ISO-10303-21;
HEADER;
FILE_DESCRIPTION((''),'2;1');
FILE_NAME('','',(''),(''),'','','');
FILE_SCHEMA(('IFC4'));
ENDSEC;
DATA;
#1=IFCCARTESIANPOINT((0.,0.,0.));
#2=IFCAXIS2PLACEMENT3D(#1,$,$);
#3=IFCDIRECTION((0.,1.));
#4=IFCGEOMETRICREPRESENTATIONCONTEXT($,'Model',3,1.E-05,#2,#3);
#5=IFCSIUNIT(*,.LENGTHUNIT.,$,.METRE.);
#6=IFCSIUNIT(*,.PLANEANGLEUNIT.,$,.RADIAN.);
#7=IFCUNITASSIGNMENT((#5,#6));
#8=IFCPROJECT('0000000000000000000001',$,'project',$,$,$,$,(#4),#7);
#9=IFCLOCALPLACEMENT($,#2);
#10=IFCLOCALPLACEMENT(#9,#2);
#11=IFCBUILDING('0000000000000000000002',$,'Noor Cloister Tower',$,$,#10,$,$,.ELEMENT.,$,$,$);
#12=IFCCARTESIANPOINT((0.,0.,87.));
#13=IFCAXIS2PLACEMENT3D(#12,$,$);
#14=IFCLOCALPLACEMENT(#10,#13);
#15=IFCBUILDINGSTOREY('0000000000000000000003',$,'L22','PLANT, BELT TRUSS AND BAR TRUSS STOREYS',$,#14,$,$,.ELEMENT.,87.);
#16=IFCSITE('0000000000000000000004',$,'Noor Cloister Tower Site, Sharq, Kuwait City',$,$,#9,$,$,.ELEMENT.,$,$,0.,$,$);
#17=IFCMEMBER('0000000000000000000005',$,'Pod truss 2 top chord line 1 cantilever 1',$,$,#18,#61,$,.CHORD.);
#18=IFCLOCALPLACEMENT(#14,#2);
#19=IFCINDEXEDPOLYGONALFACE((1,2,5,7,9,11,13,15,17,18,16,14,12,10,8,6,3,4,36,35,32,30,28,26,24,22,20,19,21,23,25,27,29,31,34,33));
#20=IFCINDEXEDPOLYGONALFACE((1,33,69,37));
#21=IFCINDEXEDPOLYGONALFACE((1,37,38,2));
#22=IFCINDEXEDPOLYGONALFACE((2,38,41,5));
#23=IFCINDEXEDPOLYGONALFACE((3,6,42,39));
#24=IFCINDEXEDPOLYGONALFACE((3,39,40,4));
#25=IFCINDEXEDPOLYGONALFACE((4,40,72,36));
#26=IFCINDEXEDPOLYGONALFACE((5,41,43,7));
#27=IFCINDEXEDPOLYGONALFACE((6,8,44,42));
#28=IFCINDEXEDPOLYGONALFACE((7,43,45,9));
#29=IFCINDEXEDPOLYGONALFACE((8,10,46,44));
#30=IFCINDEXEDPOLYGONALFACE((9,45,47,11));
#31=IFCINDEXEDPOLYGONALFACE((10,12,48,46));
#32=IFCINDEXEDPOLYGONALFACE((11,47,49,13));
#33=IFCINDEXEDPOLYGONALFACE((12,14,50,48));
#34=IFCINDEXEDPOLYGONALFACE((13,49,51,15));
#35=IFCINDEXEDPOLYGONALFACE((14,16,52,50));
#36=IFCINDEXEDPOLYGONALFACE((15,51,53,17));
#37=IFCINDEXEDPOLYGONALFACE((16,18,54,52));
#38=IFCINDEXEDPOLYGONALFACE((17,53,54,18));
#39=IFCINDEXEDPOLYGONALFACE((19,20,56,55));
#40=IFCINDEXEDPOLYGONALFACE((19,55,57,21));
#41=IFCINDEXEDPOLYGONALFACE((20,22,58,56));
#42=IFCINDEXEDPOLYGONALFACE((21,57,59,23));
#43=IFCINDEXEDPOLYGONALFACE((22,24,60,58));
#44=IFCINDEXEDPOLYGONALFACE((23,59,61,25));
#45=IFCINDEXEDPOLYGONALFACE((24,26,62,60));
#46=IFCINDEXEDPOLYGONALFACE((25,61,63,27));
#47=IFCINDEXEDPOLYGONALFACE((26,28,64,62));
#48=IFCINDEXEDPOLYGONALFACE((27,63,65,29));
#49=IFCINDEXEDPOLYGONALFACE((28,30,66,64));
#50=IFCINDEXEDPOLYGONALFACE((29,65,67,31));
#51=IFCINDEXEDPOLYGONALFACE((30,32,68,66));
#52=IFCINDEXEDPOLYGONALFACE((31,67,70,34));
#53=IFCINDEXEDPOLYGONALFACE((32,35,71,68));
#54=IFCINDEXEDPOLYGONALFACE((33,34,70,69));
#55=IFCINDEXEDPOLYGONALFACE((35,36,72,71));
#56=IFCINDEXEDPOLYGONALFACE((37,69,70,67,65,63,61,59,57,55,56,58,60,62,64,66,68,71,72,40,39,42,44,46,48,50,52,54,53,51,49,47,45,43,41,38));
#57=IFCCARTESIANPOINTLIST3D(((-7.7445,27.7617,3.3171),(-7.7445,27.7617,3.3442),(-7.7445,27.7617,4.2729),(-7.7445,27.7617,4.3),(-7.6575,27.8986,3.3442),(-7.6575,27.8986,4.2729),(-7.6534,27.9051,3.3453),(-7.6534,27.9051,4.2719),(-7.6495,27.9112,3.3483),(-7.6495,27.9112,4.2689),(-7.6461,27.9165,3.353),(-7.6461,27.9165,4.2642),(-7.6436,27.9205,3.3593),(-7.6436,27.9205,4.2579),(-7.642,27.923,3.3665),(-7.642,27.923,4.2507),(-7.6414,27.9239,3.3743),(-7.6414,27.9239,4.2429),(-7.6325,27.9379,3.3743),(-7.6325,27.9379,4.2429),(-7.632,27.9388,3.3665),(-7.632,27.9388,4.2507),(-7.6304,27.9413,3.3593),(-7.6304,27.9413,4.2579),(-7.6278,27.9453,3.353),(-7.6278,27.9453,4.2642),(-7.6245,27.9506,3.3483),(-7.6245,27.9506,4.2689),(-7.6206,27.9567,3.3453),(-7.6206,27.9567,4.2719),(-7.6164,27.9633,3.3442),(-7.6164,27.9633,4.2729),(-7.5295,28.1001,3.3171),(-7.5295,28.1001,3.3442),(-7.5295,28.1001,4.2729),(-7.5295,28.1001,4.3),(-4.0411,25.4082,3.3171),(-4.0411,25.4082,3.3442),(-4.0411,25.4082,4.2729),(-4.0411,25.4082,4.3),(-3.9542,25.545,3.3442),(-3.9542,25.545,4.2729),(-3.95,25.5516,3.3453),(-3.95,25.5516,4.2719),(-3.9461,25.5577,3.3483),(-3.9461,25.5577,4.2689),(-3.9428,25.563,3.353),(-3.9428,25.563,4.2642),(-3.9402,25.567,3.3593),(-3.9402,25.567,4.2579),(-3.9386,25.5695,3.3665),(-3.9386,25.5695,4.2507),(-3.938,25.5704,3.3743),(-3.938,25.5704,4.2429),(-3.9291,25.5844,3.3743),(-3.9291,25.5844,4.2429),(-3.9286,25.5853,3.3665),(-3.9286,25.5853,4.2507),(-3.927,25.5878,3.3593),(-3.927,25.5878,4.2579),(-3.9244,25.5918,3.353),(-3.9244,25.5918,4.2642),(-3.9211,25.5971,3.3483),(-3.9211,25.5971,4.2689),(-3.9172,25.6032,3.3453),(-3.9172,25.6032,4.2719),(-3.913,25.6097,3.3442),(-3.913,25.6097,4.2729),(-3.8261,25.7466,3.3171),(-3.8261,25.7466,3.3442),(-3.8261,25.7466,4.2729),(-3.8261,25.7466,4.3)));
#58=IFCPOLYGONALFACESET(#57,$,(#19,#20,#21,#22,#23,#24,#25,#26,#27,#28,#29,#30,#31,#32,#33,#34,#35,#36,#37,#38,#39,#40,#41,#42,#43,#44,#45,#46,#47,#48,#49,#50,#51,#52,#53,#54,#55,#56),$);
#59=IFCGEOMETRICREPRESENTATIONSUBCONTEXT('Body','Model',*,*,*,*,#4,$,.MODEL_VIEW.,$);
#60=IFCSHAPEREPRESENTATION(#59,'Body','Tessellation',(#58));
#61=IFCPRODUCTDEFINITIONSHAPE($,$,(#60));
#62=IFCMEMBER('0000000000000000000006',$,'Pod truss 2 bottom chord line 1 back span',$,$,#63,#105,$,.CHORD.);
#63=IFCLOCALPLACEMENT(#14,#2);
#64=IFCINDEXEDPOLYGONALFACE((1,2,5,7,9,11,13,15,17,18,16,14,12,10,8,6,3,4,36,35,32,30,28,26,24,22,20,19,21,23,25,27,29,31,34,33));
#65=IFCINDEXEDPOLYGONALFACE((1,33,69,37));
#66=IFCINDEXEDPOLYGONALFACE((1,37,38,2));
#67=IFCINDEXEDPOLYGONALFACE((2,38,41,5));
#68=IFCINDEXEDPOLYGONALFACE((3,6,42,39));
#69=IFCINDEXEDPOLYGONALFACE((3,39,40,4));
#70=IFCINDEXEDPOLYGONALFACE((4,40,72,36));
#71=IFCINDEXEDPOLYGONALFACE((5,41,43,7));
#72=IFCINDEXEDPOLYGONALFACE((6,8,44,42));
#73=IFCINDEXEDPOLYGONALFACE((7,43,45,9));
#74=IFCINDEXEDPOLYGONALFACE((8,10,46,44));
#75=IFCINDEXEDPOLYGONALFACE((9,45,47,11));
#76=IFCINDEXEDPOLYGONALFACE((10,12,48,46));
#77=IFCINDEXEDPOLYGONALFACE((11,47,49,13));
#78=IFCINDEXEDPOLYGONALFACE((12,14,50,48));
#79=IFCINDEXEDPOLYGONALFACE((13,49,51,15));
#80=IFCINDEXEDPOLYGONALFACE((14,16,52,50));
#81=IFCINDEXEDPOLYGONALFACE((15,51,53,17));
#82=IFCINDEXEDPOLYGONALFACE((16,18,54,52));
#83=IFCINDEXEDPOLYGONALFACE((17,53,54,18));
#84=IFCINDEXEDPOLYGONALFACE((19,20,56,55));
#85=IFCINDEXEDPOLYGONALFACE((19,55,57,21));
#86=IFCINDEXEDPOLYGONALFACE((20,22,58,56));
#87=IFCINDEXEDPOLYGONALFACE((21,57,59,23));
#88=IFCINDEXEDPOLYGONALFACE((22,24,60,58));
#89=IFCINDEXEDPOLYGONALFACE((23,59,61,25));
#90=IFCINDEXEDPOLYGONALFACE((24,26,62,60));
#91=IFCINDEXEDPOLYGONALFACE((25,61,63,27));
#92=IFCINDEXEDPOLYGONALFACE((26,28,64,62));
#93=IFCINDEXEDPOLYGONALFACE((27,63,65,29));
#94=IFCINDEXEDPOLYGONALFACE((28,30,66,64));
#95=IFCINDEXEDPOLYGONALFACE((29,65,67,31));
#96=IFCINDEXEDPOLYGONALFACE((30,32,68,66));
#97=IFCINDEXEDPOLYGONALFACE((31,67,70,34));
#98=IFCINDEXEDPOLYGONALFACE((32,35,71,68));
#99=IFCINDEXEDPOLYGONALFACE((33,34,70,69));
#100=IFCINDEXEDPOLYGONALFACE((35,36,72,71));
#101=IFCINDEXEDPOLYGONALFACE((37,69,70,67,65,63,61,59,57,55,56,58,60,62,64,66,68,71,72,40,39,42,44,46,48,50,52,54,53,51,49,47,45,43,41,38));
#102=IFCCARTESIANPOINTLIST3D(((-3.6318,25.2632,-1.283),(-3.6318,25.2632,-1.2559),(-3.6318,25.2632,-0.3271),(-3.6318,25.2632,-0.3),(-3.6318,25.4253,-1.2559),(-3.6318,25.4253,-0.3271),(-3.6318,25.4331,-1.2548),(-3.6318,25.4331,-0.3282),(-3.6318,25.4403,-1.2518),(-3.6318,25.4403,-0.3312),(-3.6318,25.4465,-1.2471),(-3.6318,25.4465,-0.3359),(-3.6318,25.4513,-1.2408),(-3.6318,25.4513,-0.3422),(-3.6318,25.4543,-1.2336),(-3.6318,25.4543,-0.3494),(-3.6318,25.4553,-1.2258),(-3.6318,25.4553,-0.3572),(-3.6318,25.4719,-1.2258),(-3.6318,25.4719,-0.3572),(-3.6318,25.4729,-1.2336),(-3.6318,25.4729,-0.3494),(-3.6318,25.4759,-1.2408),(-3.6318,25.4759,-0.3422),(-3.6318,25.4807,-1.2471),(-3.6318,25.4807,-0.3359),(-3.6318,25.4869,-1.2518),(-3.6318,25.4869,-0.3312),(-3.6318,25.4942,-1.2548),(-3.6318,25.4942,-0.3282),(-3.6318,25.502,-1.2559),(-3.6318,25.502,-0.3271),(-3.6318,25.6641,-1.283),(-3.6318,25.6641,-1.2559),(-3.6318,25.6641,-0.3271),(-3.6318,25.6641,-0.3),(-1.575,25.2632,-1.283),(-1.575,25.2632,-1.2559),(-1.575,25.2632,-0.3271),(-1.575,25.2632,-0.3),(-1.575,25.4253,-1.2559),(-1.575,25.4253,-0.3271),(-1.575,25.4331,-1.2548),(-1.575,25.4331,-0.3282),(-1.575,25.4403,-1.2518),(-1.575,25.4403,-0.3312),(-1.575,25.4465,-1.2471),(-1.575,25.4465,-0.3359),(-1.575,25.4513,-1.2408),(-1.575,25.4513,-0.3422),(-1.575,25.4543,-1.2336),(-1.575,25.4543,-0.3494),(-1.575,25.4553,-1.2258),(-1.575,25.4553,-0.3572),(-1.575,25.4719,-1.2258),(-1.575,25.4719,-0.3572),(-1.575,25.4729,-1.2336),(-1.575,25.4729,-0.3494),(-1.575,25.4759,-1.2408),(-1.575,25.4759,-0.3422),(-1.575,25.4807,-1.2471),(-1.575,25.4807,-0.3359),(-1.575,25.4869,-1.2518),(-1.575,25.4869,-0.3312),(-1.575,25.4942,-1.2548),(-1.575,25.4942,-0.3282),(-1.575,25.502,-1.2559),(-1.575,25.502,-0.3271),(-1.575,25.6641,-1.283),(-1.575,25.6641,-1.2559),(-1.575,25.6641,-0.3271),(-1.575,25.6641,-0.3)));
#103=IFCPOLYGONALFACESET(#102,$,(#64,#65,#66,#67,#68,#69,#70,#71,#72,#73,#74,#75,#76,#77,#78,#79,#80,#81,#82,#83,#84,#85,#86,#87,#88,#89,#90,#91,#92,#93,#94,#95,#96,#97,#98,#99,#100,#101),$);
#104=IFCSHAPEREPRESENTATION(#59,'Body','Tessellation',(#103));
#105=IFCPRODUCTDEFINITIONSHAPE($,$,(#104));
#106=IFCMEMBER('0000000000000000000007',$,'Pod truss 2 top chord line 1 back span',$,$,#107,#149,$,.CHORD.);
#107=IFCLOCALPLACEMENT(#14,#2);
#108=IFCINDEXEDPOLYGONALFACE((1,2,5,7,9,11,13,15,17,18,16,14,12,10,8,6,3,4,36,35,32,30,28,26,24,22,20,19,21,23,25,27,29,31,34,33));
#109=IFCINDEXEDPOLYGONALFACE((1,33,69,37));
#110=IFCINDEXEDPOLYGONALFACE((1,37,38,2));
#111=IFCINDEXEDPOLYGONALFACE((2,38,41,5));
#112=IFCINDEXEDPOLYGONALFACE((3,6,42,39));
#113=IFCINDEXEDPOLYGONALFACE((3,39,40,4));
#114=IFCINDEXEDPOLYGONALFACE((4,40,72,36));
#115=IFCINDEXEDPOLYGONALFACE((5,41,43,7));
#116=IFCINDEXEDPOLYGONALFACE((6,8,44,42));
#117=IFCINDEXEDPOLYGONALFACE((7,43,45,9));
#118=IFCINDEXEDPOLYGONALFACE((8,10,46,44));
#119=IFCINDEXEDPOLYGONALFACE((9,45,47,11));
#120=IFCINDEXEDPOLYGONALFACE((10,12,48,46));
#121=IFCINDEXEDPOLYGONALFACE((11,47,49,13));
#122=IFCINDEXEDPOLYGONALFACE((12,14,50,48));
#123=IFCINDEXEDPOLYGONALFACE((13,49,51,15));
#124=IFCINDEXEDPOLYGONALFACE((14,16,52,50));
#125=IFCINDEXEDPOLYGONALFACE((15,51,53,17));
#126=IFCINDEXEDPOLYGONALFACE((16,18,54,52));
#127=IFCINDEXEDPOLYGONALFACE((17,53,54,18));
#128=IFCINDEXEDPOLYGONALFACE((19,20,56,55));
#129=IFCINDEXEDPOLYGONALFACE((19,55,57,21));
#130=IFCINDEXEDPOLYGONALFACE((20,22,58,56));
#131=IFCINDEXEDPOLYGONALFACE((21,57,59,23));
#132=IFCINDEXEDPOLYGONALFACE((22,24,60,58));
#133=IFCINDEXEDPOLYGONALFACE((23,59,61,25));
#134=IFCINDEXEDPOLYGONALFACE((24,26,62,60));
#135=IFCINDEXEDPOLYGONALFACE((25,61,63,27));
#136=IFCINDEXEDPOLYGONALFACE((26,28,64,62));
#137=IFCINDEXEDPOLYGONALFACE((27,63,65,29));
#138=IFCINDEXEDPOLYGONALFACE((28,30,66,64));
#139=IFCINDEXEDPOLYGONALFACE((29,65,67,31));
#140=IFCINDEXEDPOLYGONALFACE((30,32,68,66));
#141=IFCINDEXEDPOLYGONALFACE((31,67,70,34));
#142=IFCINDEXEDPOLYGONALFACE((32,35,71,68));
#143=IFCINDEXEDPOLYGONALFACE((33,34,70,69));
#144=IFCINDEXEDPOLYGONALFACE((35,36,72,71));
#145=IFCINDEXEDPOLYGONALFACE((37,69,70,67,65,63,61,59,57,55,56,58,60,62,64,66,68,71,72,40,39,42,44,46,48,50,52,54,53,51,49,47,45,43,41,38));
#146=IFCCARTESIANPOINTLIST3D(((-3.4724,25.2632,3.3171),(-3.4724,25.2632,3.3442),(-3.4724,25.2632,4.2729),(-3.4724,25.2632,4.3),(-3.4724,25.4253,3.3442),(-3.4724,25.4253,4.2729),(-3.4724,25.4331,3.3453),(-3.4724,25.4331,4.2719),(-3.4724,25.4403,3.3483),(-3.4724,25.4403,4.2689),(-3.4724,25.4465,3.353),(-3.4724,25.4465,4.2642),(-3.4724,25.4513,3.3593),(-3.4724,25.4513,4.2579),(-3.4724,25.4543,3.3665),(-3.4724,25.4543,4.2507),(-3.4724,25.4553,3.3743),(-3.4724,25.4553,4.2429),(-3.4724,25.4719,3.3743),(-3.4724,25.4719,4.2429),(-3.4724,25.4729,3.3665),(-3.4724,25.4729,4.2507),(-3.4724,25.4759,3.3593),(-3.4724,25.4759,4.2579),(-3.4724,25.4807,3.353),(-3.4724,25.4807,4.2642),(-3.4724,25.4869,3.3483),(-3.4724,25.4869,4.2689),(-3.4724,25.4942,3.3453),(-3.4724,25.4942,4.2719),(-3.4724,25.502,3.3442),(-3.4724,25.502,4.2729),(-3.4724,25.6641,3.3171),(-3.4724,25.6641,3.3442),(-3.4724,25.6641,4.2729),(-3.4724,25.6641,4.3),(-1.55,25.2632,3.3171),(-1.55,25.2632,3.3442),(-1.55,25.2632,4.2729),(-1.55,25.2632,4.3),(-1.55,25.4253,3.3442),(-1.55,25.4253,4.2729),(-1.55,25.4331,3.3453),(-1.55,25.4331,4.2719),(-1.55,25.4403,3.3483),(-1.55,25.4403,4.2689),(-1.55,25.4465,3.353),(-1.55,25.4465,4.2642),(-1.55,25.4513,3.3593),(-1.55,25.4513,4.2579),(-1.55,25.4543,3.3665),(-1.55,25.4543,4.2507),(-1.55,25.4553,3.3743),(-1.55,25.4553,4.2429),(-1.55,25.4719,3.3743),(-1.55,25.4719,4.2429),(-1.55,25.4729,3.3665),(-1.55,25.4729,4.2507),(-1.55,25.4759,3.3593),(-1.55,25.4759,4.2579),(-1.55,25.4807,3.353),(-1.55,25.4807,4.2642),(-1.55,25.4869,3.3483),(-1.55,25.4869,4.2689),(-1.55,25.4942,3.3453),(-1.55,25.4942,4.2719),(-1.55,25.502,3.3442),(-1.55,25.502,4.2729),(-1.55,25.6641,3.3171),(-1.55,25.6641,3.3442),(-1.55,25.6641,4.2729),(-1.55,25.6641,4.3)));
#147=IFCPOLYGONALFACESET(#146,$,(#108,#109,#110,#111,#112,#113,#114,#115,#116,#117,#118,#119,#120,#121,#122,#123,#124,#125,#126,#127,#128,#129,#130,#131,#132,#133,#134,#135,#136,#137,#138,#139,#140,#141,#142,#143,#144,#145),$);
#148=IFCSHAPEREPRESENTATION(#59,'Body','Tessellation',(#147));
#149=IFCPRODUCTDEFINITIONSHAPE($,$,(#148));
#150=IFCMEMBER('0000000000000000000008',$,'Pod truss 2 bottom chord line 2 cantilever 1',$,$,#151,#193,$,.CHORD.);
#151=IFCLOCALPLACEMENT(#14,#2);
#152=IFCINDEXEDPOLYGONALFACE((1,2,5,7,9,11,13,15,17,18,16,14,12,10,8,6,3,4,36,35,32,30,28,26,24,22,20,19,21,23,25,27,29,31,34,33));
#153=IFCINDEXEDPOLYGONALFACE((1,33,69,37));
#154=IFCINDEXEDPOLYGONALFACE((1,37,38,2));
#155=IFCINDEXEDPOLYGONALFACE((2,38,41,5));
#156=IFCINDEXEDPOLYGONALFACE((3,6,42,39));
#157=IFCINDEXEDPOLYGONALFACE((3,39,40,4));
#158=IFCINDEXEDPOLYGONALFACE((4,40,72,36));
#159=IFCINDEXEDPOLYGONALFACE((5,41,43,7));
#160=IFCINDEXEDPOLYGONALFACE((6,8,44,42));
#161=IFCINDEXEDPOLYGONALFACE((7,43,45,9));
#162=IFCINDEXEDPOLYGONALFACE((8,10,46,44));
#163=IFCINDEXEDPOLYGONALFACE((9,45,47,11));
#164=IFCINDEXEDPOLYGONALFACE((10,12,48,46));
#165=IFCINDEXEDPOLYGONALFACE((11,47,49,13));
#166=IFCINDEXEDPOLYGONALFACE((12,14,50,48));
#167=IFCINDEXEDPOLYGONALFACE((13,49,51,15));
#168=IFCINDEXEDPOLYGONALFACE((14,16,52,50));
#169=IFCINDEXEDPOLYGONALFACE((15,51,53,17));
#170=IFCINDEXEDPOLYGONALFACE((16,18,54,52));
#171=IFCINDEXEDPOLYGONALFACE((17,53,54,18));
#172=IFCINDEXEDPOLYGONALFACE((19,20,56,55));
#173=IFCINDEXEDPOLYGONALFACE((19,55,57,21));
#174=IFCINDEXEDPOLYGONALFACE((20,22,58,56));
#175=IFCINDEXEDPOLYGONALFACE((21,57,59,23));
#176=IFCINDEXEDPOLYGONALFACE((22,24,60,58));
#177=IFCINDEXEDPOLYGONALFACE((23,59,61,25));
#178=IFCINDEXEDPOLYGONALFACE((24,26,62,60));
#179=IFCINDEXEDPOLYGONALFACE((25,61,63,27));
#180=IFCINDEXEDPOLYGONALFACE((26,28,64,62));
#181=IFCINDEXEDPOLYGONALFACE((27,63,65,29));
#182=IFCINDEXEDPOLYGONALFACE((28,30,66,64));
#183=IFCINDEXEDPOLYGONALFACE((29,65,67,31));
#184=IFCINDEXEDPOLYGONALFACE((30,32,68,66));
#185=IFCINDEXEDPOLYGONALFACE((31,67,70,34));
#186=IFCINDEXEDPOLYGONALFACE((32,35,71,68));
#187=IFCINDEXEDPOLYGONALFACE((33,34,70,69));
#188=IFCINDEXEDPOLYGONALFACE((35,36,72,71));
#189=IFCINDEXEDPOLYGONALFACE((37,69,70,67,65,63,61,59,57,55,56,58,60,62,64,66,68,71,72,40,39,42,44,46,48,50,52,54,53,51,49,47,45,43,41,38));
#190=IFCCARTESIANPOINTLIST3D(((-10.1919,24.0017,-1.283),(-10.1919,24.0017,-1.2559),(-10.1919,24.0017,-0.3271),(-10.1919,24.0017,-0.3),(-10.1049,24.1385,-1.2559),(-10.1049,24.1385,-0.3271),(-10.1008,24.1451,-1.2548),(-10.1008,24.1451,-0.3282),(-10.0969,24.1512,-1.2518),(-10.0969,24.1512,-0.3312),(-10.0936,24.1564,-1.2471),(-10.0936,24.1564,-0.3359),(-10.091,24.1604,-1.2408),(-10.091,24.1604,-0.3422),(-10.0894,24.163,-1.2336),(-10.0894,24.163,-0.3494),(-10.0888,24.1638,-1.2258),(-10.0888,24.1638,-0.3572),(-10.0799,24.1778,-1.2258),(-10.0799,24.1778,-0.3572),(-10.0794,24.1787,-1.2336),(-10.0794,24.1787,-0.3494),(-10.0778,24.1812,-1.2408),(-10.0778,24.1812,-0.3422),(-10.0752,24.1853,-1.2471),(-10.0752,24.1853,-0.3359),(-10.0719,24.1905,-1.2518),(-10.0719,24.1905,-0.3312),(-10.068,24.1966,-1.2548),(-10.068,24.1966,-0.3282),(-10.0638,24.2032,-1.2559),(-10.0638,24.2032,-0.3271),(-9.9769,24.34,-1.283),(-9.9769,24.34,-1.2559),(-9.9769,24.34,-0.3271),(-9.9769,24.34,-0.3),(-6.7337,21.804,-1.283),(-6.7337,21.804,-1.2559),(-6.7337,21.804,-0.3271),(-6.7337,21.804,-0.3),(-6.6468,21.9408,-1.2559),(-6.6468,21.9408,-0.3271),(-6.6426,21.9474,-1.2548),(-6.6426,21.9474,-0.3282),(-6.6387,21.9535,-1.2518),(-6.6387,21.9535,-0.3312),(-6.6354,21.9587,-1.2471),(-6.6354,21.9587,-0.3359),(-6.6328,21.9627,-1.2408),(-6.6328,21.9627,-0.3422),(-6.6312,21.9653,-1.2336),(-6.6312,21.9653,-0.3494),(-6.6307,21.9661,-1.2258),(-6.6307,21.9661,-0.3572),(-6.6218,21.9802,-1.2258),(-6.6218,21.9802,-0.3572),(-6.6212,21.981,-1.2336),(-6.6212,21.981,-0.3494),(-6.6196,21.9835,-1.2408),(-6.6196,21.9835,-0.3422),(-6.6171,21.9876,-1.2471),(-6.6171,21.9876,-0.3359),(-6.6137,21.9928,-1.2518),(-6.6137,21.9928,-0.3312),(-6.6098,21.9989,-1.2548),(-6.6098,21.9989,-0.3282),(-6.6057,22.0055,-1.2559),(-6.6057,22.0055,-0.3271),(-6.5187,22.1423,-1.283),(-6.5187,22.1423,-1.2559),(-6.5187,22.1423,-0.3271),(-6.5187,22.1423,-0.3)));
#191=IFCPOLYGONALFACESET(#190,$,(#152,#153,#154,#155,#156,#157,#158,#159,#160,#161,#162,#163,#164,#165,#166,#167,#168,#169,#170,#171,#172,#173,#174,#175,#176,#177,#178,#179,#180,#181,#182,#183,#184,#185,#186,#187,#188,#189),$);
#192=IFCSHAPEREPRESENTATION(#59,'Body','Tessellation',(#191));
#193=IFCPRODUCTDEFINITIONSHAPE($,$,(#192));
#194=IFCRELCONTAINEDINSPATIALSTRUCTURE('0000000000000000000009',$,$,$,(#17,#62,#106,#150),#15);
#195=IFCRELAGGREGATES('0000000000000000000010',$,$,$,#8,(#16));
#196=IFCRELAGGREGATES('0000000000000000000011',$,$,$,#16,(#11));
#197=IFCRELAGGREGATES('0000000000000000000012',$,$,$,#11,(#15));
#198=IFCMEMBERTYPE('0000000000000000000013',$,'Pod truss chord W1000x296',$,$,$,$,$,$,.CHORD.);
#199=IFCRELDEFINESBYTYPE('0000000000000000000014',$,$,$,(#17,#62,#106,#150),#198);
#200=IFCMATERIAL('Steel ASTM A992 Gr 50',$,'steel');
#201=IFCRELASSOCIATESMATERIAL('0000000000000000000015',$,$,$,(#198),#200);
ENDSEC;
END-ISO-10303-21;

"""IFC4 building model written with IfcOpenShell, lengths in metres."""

from ifc_helpers import new_model, si_unit, direction, frame, origin, origin_2d, place, context, subcontext, project, spatial, i_section, extrude, material, material_profile, profile_set, type_object, element, save


model = new_model("IFC4")

# Units and contexts
model_context = context("Model", 3, precision=1e-05, world=origin(), true_north=direction((0.0, 1.0)))
body_context = subcontext(model_context, "Body", "Model", "MODEL_VIEW")
ifc_project = project(units=[si_unit("LENGTHUNIT", "METRE"), si_unit("PLANEANGLEUNIT", "RADIAN")], contexts=[model_context])

# Site, building, storey
site_placement = place(None, origin())
site = spatial("IfcSite", under=ifc_project, at=site_placement, Name="Noor Cloister Tower Site, Sharq, Kuwait City", CompositionType="ELEMENT", RefElevation=0.0)
building_placement = place(site_placement, origin())
building = spatial("IfcBuilding", under=site, at=building_placement, Name="Noor Cloister Tower", CompositionType="ELEMENT")
storey_placement = place(building_placement, frame((0.0, 0.0, 87.0)))
storey = spatial("IfcBuildingStorey", under=building, at=storey_placement, Name="L22", Description="PLANT, BELT TRUSS AND BAR TRUSS STOREYS", CompositionType="ELEMENT", Elevation=87.0)

# Members
ifc_material_1 = material(Name="Steel ASTM A992 Gr 50", Category="steel")
ifc_material_profile_1 = material_profile(ifc_material_1, i_section(OverallWidth=0.4009, OverallDepth=0.9829, WebThickness=0.0166, FlangeThickness=0.0271, FilletRadius=0.03, at=origin_2d()), Name="W1000x296")
ifc_profile_set_1 = profile_set([ifc_material_profile_1], Name="Steel ASTM A992 Gr 50")
member_type_1 = type_object("IfcMemberType", Name="Pod truss chord W1000x296", PredefinedType="CHORD", material=ifc_profile_set_1)
member_1_placement = place(storey_placement, frame((-3.9336, 25.5774, 3.8086), z_axis=(-0.843989, 0.536361, 0.0), x_axis=(-0.536361, -0.843989, 0.0)))
element("IfcMember", 1, at=member_1_placement, inside=storey, type_object=member_type_1, Name="Pod truss 2 top chord line 1 cantilever 1", PredefinedType="CHORD", context=body_context, shape_type="SweptSolid", body=[
    extrude(i_section(OverallWidth=0.4009, OverallDepth=0.9829, WebThickness=0.0166, FlangeThickness=0.0271, FilletRadius=0.03, at=origin_2d()), origin(), (0.0, 0.0, 1.0), 4.3879),
])
member_2_placement = place(storey_placement, frame((-3.6318, 25.4636, -0.7915), z_axis=(1.0, 0.0, 0.0), x_axis=(0.0, 1.0, 0.0)))
element("IfcMember", 2, at=member_2_placement, inside=storey, type_object=member_type_1, Name="Pod truss 2 bottom chord line 1 back span", PredefinedType="CHORD", context=body_context, shape_type="SweptSolid", body=[
    extrude(i_section(OverallWidth=0.4009, OverallDepth=0.9829, WebThickness=0.0166, FlangeThickness=0.0271, FilletRadius=0.03, at=origin_2d()), origin(), (0.0, 0.0, 1.0), 2.0569),
])
member_3_placement = place(storey_placement, frame((-3.4724, 25.4636, 3.8086), z_axis=(1.0, 0.0, 0.0), x_axis=(0.0, 1.0, 0.0)))
element("IfcMember", 3, at=member_3_placement, inside=storey, type_object=member_type_1, Name="Pod truss 2 top chord line 1 back span", PredefinedType="CHORD", context=body_context, shape_type="SweptSolid", body=[
    extrude(i_section(OverallWidth=0.4009, OverallDepth=0.9829, WebThickness=0.0166, FlangeThickness=0.0271, FilletRadius=0.03, at=origin_2d()), origin(), (0.0, 0.0, 1.0), 1.9224),
])
member_4_placement = place(storey_placement, frame((-6.6262, 21.9731, -0.7915), z_axis=(-0.843988, 0.536363, 0.0), x_axis=(-0.536363, -0.843988, 0.0)))
element("IfcMember", 4, at=member_4_placement, inside=storey, type_object=member_type_1, Name="Pod truss 2 bottom chord line 2 cantilever 1", PredefinedType="CHORD", context=body_context, shape_type="SweptSolid", body=[
    extrude(i_section(OverallWidth=0.4009, OverallDepth=0.9829, WebThickness=0.0166, FlangeThickness=0.0271, FilletRadius=0.03, at=origin_2d()), origin(), (0.0, 0.0, 1.0), 4.0974),
])

save(model, "model.ifc")
